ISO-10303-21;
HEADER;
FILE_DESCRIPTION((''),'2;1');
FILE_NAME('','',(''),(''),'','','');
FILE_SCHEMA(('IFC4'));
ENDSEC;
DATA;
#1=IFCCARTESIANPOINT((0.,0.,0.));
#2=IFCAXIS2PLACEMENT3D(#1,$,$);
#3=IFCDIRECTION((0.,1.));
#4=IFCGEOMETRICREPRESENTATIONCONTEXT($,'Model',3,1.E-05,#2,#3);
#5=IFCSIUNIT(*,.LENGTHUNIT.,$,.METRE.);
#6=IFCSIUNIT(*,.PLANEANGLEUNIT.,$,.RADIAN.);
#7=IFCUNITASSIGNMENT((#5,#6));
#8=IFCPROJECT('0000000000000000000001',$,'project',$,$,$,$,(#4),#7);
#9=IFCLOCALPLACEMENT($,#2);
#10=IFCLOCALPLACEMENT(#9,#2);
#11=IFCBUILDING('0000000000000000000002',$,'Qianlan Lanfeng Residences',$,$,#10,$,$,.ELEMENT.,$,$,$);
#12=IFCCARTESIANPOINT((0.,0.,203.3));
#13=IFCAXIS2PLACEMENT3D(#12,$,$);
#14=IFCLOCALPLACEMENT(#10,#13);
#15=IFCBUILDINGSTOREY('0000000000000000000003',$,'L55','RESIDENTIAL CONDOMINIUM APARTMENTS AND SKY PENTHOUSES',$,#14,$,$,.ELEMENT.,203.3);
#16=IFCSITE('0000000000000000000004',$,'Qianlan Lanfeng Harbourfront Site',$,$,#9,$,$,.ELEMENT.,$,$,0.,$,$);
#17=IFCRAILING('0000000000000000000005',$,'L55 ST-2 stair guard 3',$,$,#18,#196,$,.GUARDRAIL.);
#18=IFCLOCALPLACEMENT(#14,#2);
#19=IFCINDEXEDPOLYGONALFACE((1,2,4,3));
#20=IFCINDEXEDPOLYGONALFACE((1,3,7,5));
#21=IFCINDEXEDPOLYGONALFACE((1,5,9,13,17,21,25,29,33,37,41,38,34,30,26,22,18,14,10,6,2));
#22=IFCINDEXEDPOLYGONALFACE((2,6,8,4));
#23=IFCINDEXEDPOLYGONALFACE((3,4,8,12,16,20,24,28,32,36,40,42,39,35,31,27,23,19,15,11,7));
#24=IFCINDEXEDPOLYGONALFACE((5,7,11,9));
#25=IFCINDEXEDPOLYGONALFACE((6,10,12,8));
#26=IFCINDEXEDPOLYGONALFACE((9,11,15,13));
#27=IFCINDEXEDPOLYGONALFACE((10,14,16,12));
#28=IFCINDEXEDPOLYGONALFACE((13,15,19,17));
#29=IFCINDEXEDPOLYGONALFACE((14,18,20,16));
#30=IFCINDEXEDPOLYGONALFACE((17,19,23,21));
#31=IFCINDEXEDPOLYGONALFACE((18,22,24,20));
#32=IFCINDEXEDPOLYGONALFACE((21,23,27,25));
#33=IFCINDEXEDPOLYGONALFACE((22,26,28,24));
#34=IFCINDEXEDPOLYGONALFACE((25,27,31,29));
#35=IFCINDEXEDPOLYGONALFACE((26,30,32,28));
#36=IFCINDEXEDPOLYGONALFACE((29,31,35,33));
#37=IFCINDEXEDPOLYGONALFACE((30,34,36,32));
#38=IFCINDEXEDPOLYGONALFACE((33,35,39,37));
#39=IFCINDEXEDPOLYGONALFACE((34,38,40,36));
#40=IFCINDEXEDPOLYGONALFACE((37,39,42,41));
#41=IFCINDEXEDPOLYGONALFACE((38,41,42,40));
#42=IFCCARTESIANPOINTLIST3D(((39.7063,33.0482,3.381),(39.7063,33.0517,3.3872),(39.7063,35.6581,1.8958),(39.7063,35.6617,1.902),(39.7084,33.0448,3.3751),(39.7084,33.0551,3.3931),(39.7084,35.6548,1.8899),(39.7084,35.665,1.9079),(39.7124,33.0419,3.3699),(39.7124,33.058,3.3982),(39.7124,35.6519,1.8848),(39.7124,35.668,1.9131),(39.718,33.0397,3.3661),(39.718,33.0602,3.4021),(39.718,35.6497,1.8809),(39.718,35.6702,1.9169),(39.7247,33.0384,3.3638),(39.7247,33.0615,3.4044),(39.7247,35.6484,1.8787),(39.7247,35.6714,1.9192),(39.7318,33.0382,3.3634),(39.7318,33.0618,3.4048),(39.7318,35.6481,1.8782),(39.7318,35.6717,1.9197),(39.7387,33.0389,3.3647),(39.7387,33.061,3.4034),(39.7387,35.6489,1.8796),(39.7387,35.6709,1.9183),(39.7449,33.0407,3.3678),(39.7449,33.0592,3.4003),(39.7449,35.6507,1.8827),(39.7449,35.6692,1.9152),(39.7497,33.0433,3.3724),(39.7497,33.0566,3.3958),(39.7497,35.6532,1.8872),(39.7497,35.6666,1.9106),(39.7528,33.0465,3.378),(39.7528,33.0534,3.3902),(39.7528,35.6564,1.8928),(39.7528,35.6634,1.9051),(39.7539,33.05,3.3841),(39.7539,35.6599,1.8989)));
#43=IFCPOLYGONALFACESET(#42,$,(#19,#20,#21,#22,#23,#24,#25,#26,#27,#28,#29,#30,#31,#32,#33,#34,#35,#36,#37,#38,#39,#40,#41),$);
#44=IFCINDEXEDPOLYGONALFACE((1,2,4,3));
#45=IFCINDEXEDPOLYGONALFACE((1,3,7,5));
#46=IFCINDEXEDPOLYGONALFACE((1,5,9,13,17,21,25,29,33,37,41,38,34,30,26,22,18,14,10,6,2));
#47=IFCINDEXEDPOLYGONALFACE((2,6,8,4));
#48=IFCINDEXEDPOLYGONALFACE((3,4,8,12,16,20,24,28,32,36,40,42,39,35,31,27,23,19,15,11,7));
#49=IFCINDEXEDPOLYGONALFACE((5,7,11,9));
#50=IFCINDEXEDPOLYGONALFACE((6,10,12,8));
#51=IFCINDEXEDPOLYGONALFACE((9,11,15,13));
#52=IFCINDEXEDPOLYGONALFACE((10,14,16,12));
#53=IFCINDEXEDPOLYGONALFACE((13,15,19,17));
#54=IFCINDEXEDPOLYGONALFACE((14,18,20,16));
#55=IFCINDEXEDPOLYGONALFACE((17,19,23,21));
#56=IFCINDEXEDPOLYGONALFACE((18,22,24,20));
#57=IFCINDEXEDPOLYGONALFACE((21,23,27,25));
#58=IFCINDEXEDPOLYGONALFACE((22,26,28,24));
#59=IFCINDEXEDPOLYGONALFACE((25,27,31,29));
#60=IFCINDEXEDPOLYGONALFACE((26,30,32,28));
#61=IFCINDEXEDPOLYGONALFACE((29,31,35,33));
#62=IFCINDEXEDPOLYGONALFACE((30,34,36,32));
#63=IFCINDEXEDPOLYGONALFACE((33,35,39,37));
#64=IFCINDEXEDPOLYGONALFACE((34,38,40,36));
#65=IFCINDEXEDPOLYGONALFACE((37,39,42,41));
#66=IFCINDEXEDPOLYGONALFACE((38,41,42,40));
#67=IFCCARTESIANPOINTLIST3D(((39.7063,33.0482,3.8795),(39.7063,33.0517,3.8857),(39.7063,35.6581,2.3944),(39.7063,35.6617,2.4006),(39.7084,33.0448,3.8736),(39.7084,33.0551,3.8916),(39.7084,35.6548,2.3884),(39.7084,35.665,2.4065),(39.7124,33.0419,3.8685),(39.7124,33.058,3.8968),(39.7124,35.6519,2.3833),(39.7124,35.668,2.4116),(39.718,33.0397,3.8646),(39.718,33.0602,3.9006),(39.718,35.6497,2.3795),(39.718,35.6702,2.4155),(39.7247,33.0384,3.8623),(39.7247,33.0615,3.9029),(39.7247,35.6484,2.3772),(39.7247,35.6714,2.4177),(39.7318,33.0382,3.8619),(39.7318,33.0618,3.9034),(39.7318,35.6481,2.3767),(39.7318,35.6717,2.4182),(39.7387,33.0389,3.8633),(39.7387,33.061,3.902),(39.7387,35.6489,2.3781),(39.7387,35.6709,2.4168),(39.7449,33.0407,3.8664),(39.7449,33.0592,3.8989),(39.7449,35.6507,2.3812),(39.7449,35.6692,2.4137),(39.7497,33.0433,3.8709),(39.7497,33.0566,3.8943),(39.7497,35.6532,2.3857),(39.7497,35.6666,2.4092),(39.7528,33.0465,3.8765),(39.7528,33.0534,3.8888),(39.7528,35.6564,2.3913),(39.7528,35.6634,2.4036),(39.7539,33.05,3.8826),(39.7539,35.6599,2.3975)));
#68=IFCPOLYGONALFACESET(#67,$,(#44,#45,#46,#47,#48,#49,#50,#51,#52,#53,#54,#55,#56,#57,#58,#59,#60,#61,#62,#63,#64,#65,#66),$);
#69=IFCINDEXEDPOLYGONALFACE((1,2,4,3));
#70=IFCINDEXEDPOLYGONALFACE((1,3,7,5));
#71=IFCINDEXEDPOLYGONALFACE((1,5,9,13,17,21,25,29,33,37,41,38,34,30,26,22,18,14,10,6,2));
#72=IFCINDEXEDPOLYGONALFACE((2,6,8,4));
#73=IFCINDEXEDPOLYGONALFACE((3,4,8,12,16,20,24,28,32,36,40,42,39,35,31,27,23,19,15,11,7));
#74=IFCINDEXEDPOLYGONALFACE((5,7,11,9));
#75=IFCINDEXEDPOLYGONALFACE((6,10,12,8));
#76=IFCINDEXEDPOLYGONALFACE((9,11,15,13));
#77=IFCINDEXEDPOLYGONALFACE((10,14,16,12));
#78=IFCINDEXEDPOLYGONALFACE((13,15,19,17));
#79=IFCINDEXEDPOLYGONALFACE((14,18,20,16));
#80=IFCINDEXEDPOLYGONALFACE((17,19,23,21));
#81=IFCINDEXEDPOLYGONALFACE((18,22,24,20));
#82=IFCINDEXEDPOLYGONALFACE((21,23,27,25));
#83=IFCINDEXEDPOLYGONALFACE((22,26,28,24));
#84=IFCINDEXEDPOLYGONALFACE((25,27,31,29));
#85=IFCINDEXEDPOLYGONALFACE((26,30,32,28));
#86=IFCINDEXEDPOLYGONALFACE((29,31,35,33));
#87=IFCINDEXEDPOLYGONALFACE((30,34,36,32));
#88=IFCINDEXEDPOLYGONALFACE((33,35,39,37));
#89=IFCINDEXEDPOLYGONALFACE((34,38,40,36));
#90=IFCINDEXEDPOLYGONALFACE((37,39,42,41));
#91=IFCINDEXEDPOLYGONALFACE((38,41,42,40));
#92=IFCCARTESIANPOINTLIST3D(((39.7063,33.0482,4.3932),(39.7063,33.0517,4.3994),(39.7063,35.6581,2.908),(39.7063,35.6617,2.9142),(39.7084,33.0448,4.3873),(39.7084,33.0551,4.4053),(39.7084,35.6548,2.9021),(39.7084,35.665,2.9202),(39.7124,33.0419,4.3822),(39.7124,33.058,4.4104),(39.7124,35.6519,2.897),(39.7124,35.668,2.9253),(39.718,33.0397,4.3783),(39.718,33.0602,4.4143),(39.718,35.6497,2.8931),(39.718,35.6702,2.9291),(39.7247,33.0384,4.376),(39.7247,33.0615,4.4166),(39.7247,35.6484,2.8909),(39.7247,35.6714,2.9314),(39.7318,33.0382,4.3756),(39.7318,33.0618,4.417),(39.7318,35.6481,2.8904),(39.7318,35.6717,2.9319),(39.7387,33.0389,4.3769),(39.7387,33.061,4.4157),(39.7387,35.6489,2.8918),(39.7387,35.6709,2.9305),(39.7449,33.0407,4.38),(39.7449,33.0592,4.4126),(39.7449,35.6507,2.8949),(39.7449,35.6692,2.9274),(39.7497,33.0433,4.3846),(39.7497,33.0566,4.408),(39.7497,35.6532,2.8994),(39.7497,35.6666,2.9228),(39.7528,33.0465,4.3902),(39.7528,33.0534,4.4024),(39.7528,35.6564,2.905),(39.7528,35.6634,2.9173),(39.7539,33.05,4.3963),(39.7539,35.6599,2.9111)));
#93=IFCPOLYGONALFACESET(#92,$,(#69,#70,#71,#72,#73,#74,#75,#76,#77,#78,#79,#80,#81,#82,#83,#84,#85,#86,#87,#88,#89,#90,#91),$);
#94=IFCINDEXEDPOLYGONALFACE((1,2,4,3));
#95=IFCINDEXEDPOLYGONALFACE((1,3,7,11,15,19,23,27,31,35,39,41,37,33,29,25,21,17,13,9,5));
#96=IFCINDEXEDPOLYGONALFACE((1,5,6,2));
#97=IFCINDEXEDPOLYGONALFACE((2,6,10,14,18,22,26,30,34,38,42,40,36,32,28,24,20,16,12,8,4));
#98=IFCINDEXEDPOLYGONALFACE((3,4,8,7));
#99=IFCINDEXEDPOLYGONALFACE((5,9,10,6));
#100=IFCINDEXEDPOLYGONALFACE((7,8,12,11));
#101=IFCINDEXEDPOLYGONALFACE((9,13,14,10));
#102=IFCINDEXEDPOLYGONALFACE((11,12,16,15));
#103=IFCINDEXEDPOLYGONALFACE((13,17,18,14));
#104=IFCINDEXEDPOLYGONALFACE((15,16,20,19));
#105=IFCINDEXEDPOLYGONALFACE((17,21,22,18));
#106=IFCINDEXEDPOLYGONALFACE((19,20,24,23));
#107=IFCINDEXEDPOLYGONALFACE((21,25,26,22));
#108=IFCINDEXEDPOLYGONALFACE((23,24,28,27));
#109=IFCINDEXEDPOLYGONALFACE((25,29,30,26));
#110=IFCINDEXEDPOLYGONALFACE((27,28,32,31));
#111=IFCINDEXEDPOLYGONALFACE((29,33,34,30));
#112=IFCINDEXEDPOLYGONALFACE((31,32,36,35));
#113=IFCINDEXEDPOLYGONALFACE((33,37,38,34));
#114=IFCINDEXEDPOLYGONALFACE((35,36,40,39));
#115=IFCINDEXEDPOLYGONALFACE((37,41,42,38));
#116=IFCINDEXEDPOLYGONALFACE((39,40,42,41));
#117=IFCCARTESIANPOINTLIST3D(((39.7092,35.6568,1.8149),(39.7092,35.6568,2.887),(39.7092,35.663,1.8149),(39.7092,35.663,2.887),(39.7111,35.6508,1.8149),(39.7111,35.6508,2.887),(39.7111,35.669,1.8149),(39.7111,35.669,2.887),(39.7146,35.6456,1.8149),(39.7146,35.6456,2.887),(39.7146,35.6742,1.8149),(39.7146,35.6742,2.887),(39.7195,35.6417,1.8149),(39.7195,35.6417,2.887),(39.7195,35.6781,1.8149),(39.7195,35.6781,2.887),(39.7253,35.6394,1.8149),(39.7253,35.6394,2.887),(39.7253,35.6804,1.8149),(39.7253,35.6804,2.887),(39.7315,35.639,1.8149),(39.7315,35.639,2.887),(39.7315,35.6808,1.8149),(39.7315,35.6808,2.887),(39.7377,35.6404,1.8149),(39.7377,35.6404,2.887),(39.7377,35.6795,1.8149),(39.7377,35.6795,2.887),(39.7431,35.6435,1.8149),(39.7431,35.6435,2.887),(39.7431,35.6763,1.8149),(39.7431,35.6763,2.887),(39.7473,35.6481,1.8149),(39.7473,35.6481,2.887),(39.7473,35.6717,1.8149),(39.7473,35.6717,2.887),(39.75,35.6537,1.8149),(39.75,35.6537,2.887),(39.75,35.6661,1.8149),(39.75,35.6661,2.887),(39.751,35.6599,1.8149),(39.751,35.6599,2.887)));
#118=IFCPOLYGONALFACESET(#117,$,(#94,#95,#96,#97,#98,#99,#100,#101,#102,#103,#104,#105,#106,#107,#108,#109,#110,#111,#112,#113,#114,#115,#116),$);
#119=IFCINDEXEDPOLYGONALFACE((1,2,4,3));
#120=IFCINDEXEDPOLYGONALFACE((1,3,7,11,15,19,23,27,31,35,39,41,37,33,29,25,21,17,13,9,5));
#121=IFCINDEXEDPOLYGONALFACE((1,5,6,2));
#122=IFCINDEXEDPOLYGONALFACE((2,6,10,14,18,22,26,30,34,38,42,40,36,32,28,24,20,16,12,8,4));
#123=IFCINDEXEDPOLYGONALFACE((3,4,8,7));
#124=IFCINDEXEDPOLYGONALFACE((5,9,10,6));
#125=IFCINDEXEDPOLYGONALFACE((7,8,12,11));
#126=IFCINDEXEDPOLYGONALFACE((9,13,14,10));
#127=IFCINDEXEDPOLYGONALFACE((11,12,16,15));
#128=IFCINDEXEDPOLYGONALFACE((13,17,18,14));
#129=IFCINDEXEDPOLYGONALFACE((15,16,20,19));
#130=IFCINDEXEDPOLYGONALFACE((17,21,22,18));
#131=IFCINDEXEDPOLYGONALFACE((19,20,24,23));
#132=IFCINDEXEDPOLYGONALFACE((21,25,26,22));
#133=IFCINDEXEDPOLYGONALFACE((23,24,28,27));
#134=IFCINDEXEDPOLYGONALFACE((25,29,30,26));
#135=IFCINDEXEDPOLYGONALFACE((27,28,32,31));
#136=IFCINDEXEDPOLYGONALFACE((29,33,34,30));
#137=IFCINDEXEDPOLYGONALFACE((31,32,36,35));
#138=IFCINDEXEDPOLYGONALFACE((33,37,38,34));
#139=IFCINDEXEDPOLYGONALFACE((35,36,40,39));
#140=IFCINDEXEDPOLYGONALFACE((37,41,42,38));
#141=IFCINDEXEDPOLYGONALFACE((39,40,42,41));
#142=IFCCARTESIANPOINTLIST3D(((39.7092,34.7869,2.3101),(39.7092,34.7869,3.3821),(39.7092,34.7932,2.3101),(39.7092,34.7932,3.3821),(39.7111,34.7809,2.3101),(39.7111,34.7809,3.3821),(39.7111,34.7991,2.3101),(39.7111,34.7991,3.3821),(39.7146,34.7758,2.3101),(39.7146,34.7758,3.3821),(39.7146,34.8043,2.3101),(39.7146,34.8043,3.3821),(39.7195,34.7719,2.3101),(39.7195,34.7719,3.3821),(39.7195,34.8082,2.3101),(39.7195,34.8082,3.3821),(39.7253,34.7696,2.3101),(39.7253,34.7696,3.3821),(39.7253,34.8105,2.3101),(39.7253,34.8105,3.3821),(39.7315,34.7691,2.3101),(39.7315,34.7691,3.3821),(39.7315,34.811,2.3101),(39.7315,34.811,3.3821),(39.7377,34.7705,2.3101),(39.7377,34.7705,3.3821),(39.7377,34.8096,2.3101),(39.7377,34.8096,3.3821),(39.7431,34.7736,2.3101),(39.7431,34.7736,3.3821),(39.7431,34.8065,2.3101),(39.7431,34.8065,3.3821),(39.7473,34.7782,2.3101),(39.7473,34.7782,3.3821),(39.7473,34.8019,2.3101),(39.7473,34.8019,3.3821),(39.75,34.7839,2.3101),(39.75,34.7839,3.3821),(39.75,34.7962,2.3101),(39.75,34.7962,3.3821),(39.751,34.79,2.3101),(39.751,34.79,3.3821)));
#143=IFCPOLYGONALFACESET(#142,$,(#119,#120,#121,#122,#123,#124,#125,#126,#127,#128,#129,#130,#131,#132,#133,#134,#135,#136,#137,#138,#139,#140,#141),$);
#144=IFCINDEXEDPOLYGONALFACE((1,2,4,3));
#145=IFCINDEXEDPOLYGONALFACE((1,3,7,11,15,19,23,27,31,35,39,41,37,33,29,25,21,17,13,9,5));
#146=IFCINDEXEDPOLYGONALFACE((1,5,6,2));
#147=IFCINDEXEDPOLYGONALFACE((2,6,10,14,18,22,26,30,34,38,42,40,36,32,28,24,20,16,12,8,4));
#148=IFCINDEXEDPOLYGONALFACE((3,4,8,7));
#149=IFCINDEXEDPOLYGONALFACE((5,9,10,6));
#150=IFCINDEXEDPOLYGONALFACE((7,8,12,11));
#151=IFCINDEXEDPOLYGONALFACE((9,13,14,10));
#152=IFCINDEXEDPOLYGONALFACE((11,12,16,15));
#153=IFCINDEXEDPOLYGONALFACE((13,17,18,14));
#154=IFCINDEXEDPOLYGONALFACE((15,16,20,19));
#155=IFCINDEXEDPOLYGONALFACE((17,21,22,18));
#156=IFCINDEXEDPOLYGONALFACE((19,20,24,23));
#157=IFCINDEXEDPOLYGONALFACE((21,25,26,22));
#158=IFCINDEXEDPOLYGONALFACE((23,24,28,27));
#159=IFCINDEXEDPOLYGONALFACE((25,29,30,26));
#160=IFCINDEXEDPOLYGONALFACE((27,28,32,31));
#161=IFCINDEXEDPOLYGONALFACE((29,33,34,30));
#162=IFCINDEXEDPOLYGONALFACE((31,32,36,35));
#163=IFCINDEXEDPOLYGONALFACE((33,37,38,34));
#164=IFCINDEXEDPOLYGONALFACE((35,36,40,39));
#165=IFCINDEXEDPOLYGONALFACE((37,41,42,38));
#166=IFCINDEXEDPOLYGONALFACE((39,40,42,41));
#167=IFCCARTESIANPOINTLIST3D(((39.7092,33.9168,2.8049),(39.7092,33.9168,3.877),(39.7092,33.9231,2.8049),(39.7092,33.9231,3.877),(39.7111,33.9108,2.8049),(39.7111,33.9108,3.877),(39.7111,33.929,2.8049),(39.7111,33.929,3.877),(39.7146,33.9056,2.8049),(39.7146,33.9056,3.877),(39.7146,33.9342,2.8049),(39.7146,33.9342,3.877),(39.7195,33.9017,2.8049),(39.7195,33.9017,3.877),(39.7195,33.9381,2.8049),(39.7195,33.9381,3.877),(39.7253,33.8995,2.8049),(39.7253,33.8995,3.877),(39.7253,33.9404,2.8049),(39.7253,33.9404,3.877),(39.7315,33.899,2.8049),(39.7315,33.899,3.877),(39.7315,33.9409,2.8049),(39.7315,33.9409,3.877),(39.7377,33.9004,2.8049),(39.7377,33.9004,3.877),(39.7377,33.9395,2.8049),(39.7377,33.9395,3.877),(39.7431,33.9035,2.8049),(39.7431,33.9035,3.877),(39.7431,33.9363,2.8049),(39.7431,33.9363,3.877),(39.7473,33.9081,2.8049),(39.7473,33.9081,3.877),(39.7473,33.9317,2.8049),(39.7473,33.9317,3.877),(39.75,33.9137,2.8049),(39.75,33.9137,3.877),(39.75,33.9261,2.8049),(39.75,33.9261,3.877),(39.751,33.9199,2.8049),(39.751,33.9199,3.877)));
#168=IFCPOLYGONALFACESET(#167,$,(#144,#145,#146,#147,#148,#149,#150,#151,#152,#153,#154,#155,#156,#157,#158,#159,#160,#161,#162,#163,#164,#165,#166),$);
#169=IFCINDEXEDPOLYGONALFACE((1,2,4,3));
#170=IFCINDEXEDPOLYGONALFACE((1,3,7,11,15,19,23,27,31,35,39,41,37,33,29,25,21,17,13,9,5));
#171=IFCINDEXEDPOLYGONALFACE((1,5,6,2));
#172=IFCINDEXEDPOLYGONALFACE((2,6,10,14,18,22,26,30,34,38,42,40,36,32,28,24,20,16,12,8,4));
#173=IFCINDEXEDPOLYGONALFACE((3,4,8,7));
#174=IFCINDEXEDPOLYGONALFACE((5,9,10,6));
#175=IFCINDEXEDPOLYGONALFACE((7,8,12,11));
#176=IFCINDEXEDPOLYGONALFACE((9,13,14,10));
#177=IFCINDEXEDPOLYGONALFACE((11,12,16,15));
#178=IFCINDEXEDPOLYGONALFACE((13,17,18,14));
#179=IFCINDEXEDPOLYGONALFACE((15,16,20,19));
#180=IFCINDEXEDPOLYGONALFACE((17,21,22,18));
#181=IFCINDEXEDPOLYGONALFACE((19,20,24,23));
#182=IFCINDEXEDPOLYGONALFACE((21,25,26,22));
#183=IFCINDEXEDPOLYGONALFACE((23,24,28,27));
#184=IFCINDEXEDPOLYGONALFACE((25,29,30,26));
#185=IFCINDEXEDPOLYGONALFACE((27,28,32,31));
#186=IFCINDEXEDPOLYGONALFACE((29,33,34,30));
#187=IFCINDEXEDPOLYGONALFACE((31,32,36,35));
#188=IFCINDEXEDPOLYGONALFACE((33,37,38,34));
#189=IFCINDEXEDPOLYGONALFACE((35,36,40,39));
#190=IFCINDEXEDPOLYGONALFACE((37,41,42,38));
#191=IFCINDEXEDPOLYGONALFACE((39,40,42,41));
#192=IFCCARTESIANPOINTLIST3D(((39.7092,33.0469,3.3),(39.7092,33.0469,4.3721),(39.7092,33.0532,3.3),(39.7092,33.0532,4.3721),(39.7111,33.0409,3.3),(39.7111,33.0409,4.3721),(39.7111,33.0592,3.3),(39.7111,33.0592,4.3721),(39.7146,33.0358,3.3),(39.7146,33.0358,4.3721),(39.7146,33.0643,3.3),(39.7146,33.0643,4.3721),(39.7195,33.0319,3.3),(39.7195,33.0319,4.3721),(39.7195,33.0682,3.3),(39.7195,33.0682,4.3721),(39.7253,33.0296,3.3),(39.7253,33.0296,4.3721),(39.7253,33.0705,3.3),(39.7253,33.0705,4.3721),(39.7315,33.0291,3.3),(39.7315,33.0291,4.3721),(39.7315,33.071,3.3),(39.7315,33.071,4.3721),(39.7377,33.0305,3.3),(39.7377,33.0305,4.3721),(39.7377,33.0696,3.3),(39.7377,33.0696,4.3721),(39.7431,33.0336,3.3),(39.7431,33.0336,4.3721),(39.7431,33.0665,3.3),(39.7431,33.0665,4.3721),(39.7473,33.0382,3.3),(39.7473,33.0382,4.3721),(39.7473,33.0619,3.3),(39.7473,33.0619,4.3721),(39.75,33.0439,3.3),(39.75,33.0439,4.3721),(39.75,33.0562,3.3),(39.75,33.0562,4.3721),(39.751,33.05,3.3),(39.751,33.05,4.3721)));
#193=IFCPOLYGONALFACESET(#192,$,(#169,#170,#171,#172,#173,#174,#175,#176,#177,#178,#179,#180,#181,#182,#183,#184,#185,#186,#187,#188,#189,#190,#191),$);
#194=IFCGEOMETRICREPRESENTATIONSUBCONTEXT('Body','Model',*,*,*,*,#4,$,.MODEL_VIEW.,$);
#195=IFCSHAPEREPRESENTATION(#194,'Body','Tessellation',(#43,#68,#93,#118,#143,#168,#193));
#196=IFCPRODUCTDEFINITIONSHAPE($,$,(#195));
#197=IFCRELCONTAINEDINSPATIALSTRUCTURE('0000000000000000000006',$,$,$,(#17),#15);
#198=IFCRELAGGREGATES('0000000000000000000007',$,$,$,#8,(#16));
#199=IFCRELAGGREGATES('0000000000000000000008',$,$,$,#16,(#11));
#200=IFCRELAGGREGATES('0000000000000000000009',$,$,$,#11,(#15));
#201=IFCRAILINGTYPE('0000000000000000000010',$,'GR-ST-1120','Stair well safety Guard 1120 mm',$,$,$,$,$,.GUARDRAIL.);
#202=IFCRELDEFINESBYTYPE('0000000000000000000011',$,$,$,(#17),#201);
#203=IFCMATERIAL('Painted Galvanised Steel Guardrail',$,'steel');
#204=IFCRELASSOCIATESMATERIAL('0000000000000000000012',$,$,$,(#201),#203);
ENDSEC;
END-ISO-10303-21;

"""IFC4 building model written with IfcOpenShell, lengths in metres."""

from ifc_helpers import new_model, si_unit, direction, frame, origin, origin_2d, place, context, subcontext, project, spatial, circle, extrude, material, type_object, element, save


model = new_model("IFC4")

# Units and contexts
model_context = context("Model", 3, precision=1e-05, world=origin(), true_north=direction((0.0, 1.0)))
body_context = subcontext(model_context, "Body", "Model", "MODEL_VIEW")
ifc_project = project(units=[si_unit("LENGTHUNIT", "METRE"), si_unit("PLANEANGLEUNIT", "RADIAN")], contexts=[model_context])

# Site, building, storey
site_placement = place(None, origin())
site = spatial("IfcSite", under=ifc_project, at=site_placement, Name="Qianlan Lanfeng Harbourfront Site", CompositionType="ELEMENT", RefElevation=0.0)
building_placement = place(site_placement, origin())
building = spatial("IfcBuilding", under=site, at=building_placement, Name="Qianlan Lanfeng Residences", CompositionType="ELEMENT")
storey_placement = place(building_placement, frame((0.0, 0.0, 203.3)))
storey = spatial("IfcBuildingStorey", under=building, at=storey_placement, Name="L55", Description="RESIDENTIAL CONDOMINIUM APARTMENTS AND SKY PENTHOUSES", CompositionType="ELEMENT", Elevation=203.3)

# Railing
ifc_material_1 = material(Name="Painted Galvanised Steel Guardrail", Category="steel")
railing_type_1 = type_object("IfcRailingType", Name="GR-ST-1120", Description="Stair well safety Guard 1120 mm", PredefinedType="GUARDRAIL", material=ifc_material_1)
railing_1_placement = place(storey_placement, frame((39.73, 35.6599, 1.8149)))
element("IfcRailing", 1, at=railing_1_placement, inside=storey, type_object=railing_type_1, Name="L55 ST-2 stair guard 3", PredefinedType="GUARDRAIL", context=body_context, shape_type="SweptSolid", body=[
    extrude(circle(Radius=0.0239, at=origin_2d()), frame((0.0, 0.0, 0.084), z_axis=(0.0, -0.869137, 0.494571), x_axis=(1.0, 0.0, 0.0)), (0.0, 0.0, 1.0), 3.0029),
    extrude(circle(Radius=0.0239, at=origin_2d()), frame((0.0, 0.0, 0.5825), z_axis=(0.0, -0.869137, 0.494571), x_axis=(1.0, 0.0, 0.0)), (0.0, 0.0, 1.0), 3.0029),
    extrude(circle(Radius=0.0239, at=origin_2d()), frame((0.0, 0.0, 1.0962), z_axis=(0.0, -0.869137, 0.494571), x_axis=(1.0, 0.0, 0.0)), (0.0, 0.0, 1.0), 3.0029),
    extrude(circle(Radius=0.021, at=origin_2d()), origin(), (0.0, 0.0, 1.0), 1.072),
    extrude(circle(Radius=0.021, at=origin_2d()), frame((0.0, -0.8699, 0.4951)), (0.0, 0.0, 1.0), 1.072),
    extrude(circle(Radius=0.021, at=origin_2d()), frame((0.0, -1.74, 0.99)), (0.0, 0.0, 1.0), 1.072),
    extrude(circle(Radius=0.021, at=origin_2d()), frame((0.0, -2.6099, 1.4851)), (0.0, 0.0, 1.0), 1.072),
])

save(model, "model.ifc")
